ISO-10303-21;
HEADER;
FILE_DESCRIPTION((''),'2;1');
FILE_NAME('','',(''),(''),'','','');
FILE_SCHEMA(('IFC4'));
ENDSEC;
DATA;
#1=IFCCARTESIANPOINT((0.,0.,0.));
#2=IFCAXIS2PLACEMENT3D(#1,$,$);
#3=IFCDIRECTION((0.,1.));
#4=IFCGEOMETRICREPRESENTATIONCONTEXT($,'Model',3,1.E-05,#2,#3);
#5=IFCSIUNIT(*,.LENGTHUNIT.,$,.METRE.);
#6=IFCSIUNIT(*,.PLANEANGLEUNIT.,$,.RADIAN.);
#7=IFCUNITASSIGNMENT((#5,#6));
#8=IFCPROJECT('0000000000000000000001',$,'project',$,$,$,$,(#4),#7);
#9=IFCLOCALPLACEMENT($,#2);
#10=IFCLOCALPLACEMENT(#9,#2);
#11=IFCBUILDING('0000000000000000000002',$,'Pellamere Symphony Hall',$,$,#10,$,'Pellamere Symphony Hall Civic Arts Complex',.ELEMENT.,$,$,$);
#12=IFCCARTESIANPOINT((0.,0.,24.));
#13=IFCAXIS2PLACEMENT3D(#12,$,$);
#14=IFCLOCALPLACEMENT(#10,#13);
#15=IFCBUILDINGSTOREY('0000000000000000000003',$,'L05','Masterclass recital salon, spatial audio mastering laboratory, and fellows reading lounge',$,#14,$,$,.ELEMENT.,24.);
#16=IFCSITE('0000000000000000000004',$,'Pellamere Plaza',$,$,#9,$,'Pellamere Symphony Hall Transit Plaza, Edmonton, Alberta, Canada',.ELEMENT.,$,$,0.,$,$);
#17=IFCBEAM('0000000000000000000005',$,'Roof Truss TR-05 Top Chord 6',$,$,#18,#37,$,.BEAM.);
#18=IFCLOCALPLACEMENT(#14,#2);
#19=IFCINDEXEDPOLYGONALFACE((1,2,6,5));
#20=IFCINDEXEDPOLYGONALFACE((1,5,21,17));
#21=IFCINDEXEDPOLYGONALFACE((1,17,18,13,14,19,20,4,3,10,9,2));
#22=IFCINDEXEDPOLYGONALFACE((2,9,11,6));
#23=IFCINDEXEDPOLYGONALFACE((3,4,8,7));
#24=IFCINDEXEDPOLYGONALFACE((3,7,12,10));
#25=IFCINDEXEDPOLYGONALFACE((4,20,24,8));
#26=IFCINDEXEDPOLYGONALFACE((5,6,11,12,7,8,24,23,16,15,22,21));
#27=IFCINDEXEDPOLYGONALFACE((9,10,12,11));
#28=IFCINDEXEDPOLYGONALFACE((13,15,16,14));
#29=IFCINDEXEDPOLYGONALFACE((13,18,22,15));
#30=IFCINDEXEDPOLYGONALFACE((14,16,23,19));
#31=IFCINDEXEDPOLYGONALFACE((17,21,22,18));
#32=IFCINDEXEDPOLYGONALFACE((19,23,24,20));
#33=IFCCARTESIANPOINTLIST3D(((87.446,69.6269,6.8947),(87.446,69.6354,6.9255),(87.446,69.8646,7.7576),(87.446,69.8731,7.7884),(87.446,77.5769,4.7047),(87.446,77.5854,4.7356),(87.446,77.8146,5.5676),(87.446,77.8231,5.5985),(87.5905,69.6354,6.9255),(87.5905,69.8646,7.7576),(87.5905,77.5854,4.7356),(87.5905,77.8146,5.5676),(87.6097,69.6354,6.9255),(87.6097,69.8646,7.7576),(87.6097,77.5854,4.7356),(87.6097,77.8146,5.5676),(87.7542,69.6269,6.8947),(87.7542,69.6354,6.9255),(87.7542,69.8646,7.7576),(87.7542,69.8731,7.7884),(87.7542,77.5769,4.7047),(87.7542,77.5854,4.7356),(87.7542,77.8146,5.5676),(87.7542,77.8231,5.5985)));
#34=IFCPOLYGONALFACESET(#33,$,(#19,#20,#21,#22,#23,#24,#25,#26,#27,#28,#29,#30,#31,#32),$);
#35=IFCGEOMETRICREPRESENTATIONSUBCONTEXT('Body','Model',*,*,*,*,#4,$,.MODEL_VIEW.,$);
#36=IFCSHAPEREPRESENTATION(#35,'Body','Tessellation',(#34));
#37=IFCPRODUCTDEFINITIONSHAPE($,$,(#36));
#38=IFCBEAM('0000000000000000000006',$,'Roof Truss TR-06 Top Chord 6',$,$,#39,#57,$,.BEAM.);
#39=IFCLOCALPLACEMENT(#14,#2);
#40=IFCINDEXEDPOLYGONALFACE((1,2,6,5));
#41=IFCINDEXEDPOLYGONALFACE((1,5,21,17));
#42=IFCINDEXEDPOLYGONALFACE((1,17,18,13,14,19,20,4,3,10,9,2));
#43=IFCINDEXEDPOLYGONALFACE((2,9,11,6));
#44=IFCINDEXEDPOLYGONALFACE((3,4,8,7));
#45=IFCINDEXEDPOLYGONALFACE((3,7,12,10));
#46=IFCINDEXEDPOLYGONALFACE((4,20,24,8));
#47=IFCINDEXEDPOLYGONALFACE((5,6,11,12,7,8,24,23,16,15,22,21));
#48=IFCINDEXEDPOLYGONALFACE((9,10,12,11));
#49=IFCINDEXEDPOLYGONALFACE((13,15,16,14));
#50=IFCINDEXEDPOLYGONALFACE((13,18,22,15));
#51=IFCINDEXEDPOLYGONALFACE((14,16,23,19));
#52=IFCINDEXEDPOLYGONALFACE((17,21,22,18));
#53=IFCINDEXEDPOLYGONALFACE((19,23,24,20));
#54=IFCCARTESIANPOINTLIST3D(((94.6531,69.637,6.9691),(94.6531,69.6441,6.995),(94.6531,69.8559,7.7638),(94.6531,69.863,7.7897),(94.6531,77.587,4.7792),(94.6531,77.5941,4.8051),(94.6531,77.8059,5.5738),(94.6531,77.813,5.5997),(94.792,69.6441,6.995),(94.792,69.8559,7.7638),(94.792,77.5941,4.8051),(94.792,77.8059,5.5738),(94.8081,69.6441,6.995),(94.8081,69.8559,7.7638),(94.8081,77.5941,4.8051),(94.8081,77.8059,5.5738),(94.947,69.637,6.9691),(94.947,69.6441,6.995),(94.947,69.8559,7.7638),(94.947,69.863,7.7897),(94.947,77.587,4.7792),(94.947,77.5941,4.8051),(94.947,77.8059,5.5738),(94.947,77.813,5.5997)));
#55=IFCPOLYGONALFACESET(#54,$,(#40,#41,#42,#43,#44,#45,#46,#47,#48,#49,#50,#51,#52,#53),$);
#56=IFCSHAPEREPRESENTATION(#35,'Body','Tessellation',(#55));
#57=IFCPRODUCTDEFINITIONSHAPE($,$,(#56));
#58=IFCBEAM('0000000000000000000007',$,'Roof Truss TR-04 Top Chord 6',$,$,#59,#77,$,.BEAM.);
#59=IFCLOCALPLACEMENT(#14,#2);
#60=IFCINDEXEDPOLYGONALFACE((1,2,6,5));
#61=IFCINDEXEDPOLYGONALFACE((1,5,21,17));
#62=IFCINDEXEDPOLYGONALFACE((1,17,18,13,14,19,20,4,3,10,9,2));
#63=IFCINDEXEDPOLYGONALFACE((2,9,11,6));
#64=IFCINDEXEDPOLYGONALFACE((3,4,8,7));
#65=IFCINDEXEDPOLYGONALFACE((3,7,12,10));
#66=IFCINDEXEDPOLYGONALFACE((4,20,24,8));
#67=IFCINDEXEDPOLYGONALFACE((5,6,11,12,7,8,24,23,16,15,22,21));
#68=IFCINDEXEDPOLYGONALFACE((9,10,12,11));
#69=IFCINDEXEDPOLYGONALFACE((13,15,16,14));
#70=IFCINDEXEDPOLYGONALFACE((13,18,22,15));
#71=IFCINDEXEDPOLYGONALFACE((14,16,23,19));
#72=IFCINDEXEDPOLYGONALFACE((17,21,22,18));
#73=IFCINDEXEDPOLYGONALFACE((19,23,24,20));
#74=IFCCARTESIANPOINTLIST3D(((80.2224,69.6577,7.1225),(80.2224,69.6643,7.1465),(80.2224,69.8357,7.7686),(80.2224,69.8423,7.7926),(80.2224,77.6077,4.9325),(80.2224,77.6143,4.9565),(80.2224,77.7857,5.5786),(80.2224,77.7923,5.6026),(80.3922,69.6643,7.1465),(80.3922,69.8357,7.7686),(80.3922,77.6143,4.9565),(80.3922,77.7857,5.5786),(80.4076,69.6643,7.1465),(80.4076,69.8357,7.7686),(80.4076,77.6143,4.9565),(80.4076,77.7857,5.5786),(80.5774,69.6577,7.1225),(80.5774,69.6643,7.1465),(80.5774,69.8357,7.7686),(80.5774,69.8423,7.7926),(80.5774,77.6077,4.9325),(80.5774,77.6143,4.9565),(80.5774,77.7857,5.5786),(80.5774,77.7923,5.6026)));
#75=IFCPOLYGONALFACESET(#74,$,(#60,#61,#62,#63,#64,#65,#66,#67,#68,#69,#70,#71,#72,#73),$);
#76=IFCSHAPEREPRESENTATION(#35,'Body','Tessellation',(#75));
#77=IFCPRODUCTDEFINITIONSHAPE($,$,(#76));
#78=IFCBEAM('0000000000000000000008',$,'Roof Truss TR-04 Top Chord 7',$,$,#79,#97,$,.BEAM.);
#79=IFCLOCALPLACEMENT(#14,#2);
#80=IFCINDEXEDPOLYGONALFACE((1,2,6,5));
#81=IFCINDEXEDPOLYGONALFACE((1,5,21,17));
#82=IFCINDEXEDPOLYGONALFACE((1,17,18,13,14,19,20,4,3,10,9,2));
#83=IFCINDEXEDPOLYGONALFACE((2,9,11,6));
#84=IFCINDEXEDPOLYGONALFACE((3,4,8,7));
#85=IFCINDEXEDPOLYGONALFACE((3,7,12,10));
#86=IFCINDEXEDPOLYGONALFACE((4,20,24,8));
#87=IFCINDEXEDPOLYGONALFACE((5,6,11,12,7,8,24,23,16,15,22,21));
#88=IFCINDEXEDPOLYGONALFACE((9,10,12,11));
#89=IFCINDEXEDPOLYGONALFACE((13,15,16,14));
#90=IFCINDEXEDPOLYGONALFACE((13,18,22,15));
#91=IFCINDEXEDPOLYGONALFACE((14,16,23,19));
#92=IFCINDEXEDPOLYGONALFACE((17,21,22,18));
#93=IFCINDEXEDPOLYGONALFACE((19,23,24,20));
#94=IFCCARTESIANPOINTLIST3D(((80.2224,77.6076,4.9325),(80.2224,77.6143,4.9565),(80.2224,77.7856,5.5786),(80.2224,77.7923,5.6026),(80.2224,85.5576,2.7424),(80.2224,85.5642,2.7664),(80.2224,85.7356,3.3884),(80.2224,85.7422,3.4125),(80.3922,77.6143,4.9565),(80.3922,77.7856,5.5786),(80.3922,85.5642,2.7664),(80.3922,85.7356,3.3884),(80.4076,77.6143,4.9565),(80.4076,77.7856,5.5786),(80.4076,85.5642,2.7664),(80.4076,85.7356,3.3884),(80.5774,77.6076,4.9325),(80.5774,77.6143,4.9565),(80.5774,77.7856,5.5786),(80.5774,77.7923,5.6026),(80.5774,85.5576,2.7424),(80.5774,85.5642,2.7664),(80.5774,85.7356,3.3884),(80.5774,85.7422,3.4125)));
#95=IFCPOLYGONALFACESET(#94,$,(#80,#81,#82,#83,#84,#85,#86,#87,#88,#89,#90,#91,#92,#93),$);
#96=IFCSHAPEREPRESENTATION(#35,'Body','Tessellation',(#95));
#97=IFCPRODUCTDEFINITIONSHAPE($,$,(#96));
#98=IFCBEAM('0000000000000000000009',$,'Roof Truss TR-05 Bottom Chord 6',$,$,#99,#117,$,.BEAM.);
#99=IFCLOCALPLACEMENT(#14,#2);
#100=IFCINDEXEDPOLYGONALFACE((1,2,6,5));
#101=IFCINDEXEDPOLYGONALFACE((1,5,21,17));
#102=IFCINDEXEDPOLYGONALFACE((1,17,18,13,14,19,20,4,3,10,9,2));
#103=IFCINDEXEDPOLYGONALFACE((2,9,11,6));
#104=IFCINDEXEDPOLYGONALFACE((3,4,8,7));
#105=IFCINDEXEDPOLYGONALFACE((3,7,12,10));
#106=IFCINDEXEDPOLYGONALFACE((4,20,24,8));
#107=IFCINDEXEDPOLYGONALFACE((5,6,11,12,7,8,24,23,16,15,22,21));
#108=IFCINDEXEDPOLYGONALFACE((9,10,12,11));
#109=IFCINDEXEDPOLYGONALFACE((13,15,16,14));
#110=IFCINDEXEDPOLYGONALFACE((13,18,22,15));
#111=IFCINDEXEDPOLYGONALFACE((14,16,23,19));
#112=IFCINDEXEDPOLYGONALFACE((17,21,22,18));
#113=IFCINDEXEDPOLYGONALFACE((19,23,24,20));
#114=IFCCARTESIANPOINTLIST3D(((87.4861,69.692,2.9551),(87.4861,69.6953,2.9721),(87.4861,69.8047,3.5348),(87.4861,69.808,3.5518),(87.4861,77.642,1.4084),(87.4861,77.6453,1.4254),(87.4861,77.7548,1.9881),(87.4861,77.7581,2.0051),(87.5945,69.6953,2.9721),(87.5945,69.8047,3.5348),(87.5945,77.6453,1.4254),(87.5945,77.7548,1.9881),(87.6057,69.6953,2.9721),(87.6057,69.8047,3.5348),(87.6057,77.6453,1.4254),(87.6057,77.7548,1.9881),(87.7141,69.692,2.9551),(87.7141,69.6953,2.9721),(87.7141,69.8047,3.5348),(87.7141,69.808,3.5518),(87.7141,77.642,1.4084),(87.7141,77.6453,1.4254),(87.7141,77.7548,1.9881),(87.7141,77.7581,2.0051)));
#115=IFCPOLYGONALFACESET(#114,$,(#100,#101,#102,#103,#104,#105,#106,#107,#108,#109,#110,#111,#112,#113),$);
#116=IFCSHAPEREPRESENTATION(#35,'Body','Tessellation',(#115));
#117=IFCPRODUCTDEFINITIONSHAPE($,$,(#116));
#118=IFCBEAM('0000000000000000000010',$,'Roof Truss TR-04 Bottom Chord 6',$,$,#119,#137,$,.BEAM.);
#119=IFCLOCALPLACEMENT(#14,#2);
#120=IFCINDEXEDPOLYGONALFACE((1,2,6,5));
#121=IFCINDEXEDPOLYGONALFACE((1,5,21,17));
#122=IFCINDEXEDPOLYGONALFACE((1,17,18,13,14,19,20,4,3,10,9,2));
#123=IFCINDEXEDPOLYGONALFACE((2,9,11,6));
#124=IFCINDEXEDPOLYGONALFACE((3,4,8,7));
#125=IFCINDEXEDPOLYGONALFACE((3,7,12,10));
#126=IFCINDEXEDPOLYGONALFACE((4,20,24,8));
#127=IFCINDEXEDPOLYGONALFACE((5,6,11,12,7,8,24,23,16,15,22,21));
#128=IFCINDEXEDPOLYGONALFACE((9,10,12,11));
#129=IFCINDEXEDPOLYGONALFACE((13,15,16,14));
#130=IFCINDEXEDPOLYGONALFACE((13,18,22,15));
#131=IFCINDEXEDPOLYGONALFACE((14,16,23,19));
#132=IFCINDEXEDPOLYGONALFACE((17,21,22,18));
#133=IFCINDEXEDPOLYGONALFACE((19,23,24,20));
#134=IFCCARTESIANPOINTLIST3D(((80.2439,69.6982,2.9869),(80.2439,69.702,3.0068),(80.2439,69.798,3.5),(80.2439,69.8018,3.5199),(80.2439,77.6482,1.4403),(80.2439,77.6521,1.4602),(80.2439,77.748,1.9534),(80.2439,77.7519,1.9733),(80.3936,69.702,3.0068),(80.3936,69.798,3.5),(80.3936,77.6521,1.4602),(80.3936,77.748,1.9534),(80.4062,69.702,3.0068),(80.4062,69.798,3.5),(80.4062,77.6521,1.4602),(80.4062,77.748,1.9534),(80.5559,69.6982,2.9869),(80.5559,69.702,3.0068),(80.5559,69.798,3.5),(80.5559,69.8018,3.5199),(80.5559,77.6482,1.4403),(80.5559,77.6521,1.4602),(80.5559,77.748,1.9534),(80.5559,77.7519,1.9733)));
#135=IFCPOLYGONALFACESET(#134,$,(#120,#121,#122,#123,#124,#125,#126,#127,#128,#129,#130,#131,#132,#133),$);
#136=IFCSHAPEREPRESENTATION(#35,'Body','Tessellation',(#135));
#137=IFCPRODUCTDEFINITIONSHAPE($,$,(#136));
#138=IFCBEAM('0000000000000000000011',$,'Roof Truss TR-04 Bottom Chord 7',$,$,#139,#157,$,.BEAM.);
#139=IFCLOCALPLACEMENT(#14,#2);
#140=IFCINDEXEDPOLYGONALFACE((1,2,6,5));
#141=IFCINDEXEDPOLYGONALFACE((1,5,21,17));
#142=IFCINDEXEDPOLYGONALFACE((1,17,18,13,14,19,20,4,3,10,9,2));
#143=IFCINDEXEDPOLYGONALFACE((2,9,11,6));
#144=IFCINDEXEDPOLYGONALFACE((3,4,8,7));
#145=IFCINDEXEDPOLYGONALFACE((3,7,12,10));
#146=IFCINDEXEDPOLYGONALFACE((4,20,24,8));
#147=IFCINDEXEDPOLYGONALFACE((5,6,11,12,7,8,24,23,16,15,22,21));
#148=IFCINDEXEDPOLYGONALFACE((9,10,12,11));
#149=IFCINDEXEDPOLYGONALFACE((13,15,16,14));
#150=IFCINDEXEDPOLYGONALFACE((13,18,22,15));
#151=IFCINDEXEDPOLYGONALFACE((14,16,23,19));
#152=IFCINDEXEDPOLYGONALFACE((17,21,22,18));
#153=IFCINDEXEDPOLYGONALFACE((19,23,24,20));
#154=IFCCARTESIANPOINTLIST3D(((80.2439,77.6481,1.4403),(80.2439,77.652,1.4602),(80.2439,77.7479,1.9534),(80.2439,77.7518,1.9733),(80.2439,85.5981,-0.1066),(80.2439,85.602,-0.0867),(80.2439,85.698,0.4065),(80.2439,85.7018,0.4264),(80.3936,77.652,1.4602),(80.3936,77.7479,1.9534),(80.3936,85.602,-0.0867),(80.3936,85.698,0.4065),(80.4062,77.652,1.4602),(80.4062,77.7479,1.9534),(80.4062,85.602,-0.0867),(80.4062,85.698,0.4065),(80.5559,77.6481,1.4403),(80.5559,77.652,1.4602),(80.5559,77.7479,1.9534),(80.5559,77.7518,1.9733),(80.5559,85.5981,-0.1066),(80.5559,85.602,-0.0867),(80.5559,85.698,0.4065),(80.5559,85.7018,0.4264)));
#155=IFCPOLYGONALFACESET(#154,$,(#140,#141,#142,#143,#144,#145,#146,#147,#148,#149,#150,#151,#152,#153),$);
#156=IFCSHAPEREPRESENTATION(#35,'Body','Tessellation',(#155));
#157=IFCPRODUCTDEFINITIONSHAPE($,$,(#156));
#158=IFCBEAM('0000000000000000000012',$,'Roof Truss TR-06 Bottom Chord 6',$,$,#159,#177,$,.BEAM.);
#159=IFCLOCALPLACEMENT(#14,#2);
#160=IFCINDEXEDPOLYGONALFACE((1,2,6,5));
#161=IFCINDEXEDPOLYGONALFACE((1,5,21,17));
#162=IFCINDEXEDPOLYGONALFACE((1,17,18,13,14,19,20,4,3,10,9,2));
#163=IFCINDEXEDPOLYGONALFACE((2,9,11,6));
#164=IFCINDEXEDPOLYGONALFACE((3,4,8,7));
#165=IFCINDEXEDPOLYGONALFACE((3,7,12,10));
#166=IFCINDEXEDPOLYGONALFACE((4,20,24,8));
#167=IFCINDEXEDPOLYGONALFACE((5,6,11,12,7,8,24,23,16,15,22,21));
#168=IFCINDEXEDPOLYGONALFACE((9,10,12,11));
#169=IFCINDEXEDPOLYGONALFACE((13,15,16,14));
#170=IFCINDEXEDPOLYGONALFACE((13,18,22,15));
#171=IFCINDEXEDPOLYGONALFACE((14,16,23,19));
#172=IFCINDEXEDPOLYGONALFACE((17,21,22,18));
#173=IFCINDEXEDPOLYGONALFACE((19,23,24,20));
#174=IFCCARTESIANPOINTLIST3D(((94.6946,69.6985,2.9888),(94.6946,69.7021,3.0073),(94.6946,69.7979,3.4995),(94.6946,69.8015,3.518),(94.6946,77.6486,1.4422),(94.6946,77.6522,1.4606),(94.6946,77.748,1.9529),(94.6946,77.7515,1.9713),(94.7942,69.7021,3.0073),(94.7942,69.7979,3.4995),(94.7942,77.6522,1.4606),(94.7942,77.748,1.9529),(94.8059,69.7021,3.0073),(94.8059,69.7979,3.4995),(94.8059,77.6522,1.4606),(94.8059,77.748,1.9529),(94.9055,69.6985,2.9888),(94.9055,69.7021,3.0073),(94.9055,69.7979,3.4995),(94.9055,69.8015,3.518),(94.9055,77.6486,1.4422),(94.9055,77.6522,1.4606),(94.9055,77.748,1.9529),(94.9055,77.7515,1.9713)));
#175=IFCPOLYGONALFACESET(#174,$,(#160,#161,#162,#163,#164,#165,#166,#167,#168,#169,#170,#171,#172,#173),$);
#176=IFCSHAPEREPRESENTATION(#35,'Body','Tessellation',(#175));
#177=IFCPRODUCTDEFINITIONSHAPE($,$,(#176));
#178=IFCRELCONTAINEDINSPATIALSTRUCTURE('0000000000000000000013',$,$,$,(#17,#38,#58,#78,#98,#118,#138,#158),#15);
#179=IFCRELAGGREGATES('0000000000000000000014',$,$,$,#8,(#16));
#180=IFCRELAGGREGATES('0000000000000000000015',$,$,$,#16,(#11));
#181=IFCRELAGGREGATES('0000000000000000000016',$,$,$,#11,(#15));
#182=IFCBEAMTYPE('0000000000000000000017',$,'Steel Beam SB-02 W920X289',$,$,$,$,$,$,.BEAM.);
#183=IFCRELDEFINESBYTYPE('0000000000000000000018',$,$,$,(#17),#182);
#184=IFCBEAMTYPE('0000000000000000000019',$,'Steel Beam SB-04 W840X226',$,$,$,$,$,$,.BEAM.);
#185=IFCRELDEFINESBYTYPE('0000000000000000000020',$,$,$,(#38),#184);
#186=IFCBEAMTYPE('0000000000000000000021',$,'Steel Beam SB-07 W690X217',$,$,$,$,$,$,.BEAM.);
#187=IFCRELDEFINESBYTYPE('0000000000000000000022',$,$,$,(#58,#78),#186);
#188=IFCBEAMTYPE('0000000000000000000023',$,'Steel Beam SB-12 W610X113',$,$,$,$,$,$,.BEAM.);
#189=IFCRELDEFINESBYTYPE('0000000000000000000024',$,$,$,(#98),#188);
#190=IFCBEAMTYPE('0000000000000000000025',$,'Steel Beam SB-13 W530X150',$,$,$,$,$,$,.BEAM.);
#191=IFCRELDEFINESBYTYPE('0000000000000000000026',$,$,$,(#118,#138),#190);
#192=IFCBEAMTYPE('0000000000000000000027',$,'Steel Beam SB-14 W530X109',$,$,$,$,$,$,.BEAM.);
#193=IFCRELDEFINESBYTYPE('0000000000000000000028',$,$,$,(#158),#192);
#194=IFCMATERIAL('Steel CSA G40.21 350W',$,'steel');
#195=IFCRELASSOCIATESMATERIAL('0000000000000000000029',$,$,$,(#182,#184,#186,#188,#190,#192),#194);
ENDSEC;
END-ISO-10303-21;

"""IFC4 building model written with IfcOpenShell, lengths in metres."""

from ifc_helpers import new_model, si_unit, direction, frame, origin, origin_2d, place, context, subcontext, project, spatial, i_section, extrude, material, material_profile, profile_set, type_object, element, save


model = new_model("IFC4")

# Units and contexts
model_context = context("Model", 3, precision=1e-05, world=origin(), true_north=direction((0.0, 1.0)))
body_context = subcontext(model_context, "Body", "Model", "MODEL_VIEW")
ifc_project = project(units=[si_unit("LENGTHUNIT", "METRE"), si_unit("PLANEANGLEUNIT", "RADIAN")], contexts=[model_context])

# Site, building, storey
site_placement = place(None, origin())
site = spatial("IfcSite", under=ifc_project, at=site_placement, Name="Pellamere Plaza", LongName="Pellamere Symphony Hall Transit Plaza, Edmonton, Alberta, Canada", CompositionType="ELEMENT", RefElevation=0.0)
building_placement = place(site_placement, origin())
building = spatial("IfcBuilding", under=site, at=building_placement, Name="Pellamere Symphony Hall", LongName="Pellamere Symphony Hall Civic Arts Complex", CompositionType="ELEMENT")
storey_placement = place(building_placement, frame((0.0, 0.0, 24.0)))
storey = spatial("IfcBuildingStorey", under=building, at=storey_placement, Name="L05", Description="Masterclass recital salon, spatial audio mastering laboratory, and fellows reading lounge", CompositionType="ELEMENT", Elevation=24.0)

# Beams
ifc_material_1 = material(Name="Steel CSA G40.21 350W", Category="steel")
ifc_material_profile_1 = material_profile(ifc_material_1, i_section(OverallWidth=0.3081, OverallDepth=0.927, WebThickness=0.0193, FlangeThickness=0.032, at=origin_2d()), Name="W920X289")
ifc_profile_set_1 = profile_set([ifc_material_profile_1], Name="Steel CSA G40.21 350W")
beam_type_1 = type_object("IfcBeamType", Name="Steel Beam SB-02 W920X289", PredefinedType="BEAM", material=ifc_profile_set_1)
beam_1_placement = place(storey_placement, frame((87.6001, 69.75, 7.3416), z_axis=(0.0, 0.96409, -0.265574), x_axis=(-1.0, 0.0, 0.0)))
element("IfcBeam", 1, at=beam_1_placement, inside=storey, type_object=beam_type_1, Name="Roof Truss TR-05 Top Chord 6", PredefinedType="BEAM", context=body_context, shape_type="SweptSolid", body=[
    extrude(i_section(OverallWidth=0.3081, OverallDepth=0.927, WebThickness=0.0193, FlangeThickness=0.032, at=origin_2d()), origin(), (0.0, 0.0, 1.0), 8.2461),
])
ifc_material_profile_2 = material_profile(ifc_material_1, i_section(OverallWidth=0.2939, OverallDepth=0.8511, WebThickness=0.0161, FlangeThickness=0.0269, at=origin_2d()), Name="W840X226")
ifc_profile_set_2 = profile_set([ifc_material_profile_2], Name="Steel CSA G40.21 350W")
beam_type_2 = type_object("IfcBeamType", Name="Steel Beam SB-04 W840X226", PredefinedType="BEAM", material=ifc_profile_set_2)
beam_2_placement = place(storey_placement, frame((94.8, 69.75, 7.3794), z_axis=(0.0, 0.96409, -0.265574), x_axis=(-1.0, 0.0, 0.0)))
element("IfcBeam", 2, at=beam_2_placement, inside=storey, type_object=beam_type_2, Name="Roof Truss TR-06 Top Chord 6", PredefinedType="BEAM", context=body_context, shape_type="SweptSolid", body=[
    extrude(i_section(OverallWidth=0.2939, OverallDepth=0.8511, WebThickness=0.0161, FlangeThickness=0.0269, at=origin_2d()), origin(), (0.0, 0.0, 1.0), 8.2461),
])
ifc_material_profile_3 = material_profile(ifc_material_1, i_section(OverallWidth=0.355, OverallDepth=0.6951, WebThickness=0.0154, FlangeThickness=0.0249, at=origin_2d()), Name="W690X217")
ifc_profile_set_3 = profile_set([ifc_material_profile_3], Name="Steel CSA G40.21 350W")
beam_type_3 = type_object("IfcBeamType", Name="Steel Beam SB-07 W690X217", PredefinedType="BEAM", material=ifc_profile_set_3)
for number, where, z_axis, x_axis, name in (
    (3, (80.3999, 69.75, 7.4575), (0.0, 0.96409, -0.265574), (-1.0, 0.0, 0.0), "Roof Truss TR-04 Top Chord 6"),
    (4, (80.3999, 77.7, 5.2676), (0.0, 0.964083, -0.265602), (-1.0, 0.0, 0.0), "Roof Truss TR-04 Top Chord 7"),
):
    element("IfcBeam", number, at=place(storey_placement, frame(where, z_axis=z_axis, x_axis=x_axis)), inside=storey, type_object=beam_type_3, Name=name, PredefinedType="BEAM", context=body_context, shape_type="SweptSolid", body=[
        extrude(i_section(OverallWidth=0.355, OverallDepth=0.6951, WebThickness=0.0154, FlangeThickness=0.0249, at=origin_2d()), origin(), (0.0, 0.0, 1.0), 8.2461),
    ])
ifc_material_profile_4 = material_profile(ifc_material_1, i_section(OverallWidth=0.228, OverallDepth=0.6079, WebThickness=0.0112, FlangeThickness=0.0173, at=origin_2d()), Name="W610X113")
ifc_profile_set_4 = profile_set([ifc_material_profile_4], Name="Steel CSA G40.21 350W")
beam_type_4 = type_object("IfcBeamType", Name="Steel Beam SB-12 W610X113", PredefinedType="BEAM", material=ifc_profile_set_4)
beam_3_placement = place(storey_placement, frame((87.6001, 69.75, 3.2534), z_axis=(0.0, 0.981597, -0.190966), x_axis=(-1.0, 0.0, 0.0)))
element("IfcBeam", 5, at=beam_3_placement, inside=storey, type_object=beam_type_4, Name="Roof Truss TR-05 Bottom Chord 6", PredefinedType="BEAM", context=body_context, shape_type="SweptSolid", body=[
    extrude(i_section(OverallWidth=0.228, OverallDepth=0.6079, WebThickness=0.0112, FlangeThickness=0.0173, at=origin_2d()), origin(), (0.0, 0.0, 1.0), 8.0991),
])
ifc_material_profile_5 = material_profile(ifc_material_1, i_section(OverallWidth=0.312, OverallDepth=0.543, WebThickness=0.0127, FlangeThickness=0.0203, at=origin_2d()), Name="W530X150")
ifc_profile_set_5 = profile_set([ifc_material_profile_5], Name="Steel CSA G40.21 350W")
beam_type_5 = type_object("IfcBeamType", Name="Steel Beam SB-13 W530X150", PredefinedType="BEAM", material=ifc_profile_set_5)
for number, where, z_axis, x_axis, name in (
    (6, (80.3999, 69.75, 3.2534), (0.0, 0.981597, -0.190966), (-1.0, 0.0, 0.0), "Roof Truss TR-04 Bottom Chord 6"),
    (7, (80.3999, 77.7, 1.7068), (0.0, 0.981591, -0.190995), (-1.0, 0.0, 0.0), "Roof Truss TR-04 Bottom Chord 7"),
):
    element("IfcBeam", number, at=place(storey_placement, frame(where, z_axis=z_axis, x_axis=x_axis)), inside=storey, type_object=beam_type_5, Name=name, PredefinedType="BEAM", context=body_context, shape_type="SweptSolid", body=[
        extrude(i_section(OverallWidth=0.312, OverallDepth=0.543, WebThickness=0.0127, FlangeThickness=0.0203, at=origin_2d()), origin(), (0.0, 0.0, 1.0), 8.0991),
    ])
ifc_material_profile_6 = material_profile(ifc_material_1, i_section(OverallWidth=0.2109, OverallDepth=0.5391, WebThickness=0.0117, FlangeThickness=0.0188, at=origin_2d()), Name="W530X109")
ifc_profile_set_6 = profile_set([ifc_material_profile_6], Name="Steel CSA G40.21 350W")
beam_type_6 = type_object("IfcBeamType", Name="Steel Beam SB-14 W530X109", PredefinedType="BEAM", material=ifc_profile_set_6)
beam_4_placement = place(storey_placement, frame((94.8, 69.75, 3.2534), z_axis=(0.0, 0.981597, -0.190966), x_axis=(-1.0, 0.0, 0.0)))
element("IfcBeam", 8, at=beam_4_placement, inside=storey, type_object=beam_type_6, Name="Roof Truss TR-06 Bottom Chord 6", PredefinedType="BEAM", context=body_context, shape_type="SweptSolid", body=[
    extrude(i_section(OverallWidth=0.2109, OverallDepth=0.5391, WebThickness=0.0117, FlangeThickness=0.0188, at=origin_2d()), origin(), (0.0, 0.0, 1.0), 8.0991),
])

save(model, "model.ifc")
